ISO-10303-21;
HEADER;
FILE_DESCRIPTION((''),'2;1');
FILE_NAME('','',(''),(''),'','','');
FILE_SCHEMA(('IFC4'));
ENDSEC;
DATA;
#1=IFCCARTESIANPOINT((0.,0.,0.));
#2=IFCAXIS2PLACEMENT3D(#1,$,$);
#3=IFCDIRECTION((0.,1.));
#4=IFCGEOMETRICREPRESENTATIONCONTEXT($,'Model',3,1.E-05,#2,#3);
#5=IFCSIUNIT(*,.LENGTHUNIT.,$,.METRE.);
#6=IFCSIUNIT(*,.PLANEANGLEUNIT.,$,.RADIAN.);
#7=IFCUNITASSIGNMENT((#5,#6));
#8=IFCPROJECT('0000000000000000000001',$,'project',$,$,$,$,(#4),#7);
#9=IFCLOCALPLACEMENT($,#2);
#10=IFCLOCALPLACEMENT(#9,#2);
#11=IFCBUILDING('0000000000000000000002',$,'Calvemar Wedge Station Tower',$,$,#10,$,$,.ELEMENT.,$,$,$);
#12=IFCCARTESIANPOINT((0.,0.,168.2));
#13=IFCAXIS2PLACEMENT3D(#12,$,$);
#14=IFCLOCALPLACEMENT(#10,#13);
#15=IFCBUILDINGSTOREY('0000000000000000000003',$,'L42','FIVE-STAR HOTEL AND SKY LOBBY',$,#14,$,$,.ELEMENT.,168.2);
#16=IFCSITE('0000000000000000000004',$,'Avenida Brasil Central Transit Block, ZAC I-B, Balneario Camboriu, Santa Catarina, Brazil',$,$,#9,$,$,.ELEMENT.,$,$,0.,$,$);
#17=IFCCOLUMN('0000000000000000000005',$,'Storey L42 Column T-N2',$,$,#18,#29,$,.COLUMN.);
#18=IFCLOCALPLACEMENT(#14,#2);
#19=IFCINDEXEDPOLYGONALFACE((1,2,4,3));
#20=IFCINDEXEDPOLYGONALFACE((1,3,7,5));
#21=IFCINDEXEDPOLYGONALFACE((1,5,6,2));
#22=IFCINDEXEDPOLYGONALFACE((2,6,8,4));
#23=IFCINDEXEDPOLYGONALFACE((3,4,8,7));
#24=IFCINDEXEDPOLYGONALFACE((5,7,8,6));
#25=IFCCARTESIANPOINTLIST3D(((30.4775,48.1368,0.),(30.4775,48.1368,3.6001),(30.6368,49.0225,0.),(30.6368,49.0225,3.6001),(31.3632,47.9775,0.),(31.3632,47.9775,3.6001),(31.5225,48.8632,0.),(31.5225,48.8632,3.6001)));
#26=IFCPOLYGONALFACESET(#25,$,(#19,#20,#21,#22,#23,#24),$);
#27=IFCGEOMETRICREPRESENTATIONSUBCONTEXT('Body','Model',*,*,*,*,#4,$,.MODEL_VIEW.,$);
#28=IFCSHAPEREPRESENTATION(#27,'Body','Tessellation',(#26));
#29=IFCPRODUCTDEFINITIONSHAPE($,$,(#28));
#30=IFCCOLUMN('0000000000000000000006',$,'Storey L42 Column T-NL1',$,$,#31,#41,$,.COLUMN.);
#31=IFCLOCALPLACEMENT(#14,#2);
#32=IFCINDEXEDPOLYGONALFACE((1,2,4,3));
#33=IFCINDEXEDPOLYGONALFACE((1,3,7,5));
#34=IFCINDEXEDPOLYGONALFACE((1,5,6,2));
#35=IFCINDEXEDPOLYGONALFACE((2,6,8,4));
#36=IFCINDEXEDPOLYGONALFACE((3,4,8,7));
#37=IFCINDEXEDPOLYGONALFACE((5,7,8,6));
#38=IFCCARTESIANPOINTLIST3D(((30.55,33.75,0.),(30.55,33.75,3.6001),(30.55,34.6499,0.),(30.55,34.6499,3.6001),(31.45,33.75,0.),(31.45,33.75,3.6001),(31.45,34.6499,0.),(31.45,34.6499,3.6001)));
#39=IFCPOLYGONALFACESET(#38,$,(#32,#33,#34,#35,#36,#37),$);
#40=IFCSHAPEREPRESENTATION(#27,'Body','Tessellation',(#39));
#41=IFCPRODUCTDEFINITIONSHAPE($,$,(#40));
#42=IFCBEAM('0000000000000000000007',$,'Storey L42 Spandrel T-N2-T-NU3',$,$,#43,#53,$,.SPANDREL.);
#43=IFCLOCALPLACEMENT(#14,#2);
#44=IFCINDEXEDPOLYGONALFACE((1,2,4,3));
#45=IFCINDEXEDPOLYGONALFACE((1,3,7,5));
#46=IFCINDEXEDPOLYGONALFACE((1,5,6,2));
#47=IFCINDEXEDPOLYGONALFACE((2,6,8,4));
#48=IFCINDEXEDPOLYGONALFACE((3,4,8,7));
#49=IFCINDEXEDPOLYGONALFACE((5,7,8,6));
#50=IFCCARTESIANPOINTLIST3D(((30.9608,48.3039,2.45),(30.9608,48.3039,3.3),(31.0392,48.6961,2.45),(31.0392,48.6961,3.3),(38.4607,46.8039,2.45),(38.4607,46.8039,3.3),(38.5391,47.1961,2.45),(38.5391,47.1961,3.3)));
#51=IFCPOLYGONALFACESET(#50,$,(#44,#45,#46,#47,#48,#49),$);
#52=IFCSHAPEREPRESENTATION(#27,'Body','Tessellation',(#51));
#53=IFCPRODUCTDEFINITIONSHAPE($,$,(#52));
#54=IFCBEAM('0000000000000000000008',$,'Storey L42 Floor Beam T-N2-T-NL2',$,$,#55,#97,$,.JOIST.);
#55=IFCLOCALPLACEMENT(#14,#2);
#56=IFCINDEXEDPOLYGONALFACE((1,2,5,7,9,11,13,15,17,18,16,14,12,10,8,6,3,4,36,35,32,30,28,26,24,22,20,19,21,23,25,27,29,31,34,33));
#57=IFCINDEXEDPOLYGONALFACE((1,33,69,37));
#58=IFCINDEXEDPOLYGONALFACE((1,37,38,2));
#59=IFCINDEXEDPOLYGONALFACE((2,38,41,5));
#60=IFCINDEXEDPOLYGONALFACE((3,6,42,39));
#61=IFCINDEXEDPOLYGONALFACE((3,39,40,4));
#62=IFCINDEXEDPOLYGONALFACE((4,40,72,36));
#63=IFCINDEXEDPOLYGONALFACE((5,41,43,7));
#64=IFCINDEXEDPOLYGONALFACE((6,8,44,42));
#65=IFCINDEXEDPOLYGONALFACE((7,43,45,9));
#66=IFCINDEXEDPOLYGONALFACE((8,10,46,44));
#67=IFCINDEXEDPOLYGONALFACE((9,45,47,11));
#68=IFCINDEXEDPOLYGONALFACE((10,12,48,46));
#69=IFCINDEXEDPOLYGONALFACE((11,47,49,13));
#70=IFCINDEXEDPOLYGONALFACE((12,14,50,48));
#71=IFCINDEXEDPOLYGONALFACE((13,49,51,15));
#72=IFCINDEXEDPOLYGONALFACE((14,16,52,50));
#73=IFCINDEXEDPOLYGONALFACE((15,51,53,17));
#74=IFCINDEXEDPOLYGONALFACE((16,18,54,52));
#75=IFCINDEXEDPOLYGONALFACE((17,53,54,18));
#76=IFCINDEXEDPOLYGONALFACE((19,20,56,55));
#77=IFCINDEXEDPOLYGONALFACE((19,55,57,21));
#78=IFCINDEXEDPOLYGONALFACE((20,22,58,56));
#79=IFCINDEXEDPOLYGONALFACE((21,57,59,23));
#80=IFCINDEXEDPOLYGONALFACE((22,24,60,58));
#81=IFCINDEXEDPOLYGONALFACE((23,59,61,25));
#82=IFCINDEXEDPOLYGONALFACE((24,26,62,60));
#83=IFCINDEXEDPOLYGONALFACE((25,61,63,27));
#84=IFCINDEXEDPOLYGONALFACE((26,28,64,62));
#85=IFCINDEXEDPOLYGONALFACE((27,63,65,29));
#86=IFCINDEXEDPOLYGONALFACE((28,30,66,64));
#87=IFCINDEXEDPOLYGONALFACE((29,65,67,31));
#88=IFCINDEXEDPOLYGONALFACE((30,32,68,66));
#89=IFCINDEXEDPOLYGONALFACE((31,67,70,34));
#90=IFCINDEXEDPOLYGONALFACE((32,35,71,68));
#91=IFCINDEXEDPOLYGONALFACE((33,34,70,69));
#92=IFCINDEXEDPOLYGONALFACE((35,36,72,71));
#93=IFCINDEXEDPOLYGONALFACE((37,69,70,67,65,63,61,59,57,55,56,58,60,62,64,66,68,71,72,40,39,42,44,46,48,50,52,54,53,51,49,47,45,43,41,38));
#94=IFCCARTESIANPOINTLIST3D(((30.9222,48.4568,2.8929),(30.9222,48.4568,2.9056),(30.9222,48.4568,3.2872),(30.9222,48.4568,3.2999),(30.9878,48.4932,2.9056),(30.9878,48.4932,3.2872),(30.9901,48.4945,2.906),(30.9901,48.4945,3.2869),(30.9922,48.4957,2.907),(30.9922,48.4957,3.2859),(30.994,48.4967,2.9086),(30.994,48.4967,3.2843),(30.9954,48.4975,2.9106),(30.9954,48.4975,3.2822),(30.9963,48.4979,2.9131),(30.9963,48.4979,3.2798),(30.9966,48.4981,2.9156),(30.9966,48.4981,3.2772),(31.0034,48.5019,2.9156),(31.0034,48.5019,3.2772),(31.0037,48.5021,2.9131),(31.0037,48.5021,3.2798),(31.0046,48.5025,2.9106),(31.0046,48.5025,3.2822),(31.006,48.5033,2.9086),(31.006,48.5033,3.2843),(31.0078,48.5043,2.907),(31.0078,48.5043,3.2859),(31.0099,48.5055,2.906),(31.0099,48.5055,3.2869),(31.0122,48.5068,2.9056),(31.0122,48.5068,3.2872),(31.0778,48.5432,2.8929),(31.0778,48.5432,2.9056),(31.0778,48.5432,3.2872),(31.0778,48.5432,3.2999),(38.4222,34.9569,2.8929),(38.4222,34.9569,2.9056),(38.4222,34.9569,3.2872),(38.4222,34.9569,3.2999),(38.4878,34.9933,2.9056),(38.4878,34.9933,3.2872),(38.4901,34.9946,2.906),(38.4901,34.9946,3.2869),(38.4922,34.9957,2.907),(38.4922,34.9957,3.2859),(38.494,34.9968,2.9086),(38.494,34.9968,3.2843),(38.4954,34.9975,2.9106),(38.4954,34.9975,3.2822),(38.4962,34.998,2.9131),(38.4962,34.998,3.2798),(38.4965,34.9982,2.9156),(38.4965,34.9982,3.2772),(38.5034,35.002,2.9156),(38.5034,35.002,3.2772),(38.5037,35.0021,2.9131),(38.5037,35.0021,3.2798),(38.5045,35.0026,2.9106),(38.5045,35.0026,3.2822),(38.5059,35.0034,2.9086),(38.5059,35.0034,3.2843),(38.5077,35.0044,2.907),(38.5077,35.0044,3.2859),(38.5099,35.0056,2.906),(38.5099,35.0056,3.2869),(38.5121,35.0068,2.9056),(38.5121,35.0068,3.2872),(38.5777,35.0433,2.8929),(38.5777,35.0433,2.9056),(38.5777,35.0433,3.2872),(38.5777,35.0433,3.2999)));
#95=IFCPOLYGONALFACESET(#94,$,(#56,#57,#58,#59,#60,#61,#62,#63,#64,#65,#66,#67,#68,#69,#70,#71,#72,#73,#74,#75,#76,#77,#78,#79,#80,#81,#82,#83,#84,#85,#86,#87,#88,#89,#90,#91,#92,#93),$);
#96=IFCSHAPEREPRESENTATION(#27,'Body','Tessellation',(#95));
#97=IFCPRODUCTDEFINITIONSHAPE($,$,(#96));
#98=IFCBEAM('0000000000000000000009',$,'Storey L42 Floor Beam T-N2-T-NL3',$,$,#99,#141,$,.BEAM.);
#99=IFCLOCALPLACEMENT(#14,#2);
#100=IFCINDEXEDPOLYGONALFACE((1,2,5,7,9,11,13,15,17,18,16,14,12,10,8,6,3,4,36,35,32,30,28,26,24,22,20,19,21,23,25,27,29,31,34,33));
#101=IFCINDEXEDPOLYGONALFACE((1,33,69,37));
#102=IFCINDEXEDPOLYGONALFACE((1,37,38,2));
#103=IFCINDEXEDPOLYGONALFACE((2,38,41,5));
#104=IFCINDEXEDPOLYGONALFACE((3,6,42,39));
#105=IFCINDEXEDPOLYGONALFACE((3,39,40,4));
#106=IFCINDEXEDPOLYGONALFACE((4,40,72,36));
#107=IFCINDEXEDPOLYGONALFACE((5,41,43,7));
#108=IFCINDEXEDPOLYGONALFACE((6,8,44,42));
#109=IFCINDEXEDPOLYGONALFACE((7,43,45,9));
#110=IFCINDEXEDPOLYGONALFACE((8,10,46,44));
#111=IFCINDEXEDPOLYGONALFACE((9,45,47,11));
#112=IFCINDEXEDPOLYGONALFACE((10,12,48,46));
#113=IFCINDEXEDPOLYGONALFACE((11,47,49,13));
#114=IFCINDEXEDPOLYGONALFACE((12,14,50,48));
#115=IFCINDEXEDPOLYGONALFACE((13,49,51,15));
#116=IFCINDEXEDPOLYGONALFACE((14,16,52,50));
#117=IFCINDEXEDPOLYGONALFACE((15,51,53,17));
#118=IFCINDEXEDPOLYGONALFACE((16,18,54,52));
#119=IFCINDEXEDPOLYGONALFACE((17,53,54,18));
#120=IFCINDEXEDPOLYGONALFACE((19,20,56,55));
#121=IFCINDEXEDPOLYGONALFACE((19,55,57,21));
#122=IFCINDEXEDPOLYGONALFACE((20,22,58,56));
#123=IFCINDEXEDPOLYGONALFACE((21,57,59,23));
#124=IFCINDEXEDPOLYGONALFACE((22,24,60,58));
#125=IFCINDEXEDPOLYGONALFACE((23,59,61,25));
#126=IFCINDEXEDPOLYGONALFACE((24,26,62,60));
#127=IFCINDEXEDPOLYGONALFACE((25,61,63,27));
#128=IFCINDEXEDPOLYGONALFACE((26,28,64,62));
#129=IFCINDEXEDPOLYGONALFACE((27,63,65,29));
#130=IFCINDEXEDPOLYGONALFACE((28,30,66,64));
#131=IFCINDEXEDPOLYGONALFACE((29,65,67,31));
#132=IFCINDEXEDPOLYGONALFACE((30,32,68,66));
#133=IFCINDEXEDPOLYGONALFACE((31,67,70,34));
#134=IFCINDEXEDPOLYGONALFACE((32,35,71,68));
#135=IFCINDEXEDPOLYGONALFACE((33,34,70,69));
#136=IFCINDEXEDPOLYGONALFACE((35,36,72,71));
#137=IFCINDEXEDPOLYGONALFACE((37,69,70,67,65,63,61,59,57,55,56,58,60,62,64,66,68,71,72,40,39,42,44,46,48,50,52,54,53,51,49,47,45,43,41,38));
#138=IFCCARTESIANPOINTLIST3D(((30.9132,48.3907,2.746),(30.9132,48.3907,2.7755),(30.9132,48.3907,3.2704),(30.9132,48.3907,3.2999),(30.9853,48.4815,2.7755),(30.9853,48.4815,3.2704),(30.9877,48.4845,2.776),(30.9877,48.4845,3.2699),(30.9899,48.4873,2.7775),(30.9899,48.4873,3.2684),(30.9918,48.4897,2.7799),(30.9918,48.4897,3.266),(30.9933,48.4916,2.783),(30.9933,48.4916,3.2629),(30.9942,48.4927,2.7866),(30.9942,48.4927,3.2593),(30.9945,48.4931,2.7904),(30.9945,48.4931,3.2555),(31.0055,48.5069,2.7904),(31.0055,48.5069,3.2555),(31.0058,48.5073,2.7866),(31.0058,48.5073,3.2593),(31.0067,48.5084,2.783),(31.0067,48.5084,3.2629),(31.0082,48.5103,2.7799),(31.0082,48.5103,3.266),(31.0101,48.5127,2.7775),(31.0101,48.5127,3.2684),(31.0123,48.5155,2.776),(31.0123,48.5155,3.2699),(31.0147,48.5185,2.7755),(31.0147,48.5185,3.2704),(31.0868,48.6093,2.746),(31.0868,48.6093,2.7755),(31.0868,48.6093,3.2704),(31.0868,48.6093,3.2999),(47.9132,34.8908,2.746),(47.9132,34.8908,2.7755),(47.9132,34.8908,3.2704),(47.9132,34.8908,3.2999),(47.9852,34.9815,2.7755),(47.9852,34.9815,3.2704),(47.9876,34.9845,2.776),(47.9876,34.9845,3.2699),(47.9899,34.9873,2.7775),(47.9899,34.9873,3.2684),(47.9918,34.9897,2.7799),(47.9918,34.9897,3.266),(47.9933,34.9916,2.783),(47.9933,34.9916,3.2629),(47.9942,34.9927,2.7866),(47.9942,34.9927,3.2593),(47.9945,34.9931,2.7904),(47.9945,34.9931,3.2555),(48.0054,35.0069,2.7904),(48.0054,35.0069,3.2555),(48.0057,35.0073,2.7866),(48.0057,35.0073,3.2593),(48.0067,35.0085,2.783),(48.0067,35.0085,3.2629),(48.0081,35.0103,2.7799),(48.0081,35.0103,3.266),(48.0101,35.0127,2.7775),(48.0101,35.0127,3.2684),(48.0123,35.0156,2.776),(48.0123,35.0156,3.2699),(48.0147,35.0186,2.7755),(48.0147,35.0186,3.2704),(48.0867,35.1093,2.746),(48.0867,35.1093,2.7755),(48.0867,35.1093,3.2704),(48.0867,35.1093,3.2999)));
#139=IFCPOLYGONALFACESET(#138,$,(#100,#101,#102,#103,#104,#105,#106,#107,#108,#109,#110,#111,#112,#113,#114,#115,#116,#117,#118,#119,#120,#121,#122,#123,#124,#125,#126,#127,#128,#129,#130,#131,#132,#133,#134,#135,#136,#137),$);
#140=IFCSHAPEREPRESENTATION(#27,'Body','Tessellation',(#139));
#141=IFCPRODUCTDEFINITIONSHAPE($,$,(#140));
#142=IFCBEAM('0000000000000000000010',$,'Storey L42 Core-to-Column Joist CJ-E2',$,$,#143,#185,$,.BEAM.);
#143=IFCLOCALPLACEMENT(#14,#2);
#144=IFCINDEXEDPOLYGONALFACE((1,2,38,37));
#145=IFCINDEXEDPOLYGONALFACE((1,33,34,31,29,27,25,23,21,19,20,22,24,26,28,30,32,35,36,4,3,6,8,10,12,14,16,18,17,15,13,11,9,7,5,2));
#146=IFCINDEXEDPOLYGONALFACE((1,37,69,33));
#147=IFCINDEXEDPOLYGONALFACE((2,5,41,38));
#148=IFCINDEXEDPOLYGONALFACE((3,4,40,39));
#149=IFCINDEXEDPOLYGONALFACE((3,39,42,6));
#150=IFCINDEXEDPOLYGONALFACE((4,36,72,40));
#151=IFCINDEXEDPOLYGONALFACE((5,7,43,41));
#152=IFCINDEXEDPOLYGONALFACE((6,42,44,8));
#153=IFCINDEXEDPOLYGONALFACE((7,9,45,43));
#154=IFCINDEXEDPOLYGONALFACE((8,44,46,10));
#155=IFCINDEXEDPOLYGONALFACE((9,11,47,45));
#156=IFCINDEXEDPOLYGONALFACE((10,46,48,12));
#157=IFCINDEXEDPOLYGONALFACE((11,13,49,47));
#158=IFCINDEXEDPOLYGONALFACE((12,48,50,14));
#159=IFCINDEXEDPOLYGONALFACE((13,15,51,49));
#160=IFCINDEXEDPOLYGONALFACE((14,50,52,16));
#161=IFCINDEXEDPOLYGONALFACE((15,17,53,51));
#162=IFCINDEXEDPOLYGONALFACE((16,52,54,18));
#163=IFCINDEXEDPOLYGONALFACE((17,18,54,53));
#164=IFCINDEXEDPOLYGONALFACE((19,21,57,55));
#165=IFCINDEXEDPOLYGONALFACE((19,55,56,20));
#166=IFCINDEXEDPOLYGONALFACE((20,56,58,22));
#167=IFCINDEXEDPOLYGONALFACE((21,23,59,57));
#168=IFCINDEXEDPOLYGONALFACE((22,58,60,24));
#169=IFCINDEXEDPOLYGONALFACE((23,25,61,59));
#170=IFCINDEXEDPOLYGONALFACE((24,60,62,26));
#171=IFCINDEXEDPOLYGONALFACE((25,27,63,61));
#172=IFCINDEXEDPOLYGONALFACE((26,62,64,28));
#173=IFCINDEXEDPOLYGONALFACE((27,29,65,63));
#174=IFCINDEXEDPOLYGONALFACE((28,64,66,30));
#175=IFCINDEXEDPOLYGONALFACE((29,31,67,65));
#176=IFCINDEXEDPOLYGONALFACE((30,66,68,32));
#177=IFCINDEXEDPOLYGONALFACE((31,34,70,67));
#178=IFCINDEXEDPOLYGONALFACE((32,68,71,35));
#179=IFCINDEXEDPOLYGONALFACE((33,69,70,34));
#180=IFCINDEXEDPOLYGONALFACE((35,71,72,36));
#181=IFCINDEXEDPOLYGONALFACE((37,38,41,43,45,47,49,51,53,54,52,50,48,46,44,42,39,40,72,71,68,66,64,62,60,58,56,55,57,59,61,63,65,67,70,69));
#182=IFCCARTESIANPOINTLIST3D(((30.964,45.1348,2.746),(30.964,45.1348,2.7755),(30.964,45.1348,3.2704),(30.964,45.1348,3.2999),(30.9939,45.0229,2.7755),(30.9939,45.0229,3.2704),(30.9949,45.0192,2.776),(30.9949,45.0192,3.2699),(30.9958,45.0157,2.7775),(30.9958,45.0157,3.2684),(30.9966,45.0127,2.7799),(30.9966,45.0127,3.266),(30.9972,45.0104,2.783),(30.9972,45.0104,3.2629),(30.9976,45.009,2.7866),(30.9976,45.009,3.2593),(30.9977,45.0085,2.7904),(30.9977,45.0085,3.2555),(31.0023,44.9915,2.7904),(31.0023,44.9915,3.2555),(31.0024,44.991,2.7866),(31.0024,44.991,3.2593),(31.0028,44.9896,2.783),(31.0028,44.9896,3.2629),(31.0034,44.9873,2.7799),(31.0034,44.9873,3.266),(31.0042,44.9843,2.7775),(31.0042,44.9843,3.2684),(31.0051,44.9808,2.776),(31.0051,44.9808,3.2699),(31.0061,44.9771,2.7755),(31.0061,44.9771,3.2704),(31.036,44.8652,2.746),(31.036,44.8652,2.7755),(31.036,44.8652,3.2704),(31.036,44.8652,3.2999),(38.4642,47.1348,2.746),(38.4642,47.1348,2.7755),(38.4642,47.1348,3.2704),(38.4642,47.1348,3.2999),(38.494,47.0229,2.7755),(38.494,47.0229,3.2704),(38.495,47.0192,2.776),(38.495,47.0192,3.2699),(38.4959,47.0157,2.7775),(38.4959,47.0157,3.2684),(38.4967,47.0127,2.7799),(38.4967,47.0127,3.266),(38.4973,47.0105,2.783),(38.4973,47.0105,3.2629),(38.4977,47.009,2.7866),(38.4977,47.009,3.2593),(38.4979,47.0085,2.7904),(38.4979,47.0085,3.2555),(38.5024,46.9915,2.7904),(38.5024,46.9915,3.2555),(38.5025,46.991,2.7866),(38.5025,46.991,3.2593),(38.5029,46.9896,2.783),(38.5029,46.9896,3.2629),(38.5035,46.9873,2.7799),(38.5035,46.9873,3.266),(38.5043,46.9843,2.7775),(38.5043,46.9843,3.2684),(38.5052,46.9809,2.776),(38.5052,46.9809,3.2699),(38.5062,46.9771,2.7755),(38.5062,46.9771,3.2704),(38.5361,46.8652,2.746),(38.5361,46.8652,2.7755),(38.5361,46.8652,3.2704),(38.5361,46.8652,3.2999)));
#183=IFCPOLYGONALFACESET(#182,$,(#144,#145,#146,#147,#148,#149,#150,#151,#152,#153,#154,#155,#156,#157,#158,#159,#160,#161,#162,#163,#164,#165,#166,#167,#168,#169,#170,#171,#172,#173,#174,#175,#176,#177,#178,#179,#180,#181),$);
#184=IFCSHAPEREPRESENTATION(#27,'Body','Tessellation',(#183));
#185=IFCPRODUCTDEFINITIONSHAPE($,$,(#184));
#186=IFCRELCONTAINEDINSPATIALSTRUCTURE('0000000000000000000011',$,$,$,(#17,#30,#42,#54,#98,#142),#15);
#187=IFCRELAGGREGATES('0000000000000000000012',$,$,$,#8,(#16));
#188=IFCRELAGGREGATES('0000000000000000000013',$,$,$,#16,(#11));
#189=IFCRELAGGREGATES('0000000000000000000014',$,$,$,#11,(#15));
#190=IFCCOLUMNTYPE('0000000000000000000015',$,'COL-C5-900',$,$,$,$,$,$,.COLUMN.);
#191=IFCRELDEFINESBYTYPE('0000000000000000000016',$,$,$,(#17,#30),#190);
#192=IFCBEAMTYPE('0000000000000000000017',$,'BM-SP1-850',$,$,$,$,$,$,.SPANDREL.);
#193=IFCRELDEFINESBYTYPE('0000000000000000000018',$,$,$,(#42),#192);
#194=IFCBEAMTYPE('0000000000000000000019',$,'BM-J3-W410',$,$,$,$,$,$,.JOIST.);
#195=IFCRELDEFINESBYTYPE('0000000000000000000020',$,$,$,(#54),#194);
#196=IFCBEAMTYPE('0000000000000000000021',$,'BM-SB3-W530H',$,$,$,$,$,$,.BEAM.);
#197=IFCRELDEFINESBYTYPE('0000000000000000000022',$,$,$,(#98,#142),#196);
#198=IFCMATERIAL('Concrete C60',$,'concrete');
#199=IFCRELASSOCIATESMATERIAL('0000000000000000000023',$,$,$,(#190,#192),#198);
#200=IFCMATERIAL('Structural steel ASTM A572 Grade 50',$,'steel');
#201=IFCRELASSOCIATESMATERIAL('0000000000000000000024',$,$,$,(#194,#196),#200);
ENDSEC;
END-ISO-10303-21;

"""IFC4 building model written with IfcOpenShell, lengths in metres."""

from ifc_helpers import new_model, si_unit, direction, frame, origin, origin_2d, place, context, subcontext, project, spatial, rectangle, i_section, extrude, source, transform, mapped, material, material_profile, profile_set, type_object, element, save


model = new_model("IFC4")

# Units and contexts
model_context = context("Model", 3, precision=1e-05, world=origin(), true_north=direction((0.0, 1.0)))
body_context = subcontext(model_context, "Body", "Model", "MODEL_VIEW")
ifc_project = project(units=[si_unit("LENGTHUNIT", "METRE"), si_unit("PLANEANGLEUNIT", "RADIAN")], contexts=[model_context])

# Site, building, storey
site_placement = place(None, origin())
site = spatial("IfcSite", under=ifc_project, at=site_placement, Name="Avenida Brasil Central Transit Block, ZAC I-B, Balneario Camboriu, Santa Catarina, Brazil", CompositionType="ELEMENT", RefElevation=0.0)
building_placement = place(site_placement, origin())
building = spatial("IfcBuilding", under=site, at=building_placement, Name="Calvemar Wedge Station Tower", CompositionType="ELEMENT")
storey_placement = place(building_placement, frame((0.0, 0.0, 168.2)))
storey = spatial("IfcBuildingStorey", under=building, at=storey_placement, Name="L42", Description="FIVE-STAR HOTEL AND SKY LOBBY", CompositionType="ELEMENT", Elevation=168.2)

# Columns
ifc_material_1 = material(Name="Concrete C60", Category="concrete")
ifc_material_profile_1 = material_profile(ifc_material_1, rectangle(XDim=0.8999, YDim=0.8999, at=origin_2d()), Name="RC900x900")
ifc_profile_set_1 = profile_set([ifc_material_profile_1], Name="Concrete C60")
column_type = type_object("IfcColumnType", Name="COL-C5-900", PredefinedType="COLUMN", material=ifc_profile_set_1)
shared_shape_1 = source(origin(), body_context, "Body", "SweptSolid", [
    extrude(rectangle(XDim=0.8999, YDim=0.8999, at=origin_2d()), origin(), (0.0, 0.0, 1.0), 3.6001),
])
for number, where, z_axis, x_axis, name in (
    (1, (31.0, 48.5, 0.0), (0.0, 0.0, 1.0), (0.984196, -0.177085, 0.0), "Storey L42 Column T-N2"),
    (2, (31.0, 34.2, 0.0), (0.0, 0.0, 1.0), (1.0, 0.0, 0.0), "Storey L42 Column T-NL1"),
):
    element("IfcColumn", number, at=place(storey_placement, frame(where, z_axis=z_axis, x_axis=x_axis)), inside=storey, type_object=column_type, Name=name, PredefinedType="COLUMN", context=body_context, shape_type="MappedRepresentation", body=[
        mapped(shared_shape_1, transform((0.0, 0.0, 0.0), scale=1.0)),
    ])

# Beams
ifc_material_profile_2 = material_profile(ifc_material_1, rectangle(XDim=0.3999, YDim=0.8501, at=origin_2d()), Name="RC400x850")
ifc_profile_set_2 = profile_set([ifc_material_profile_2], Name="Concrete C60")
beam_type_1 = type_object("IfcBeamType", Name="BM-SP1-850", PredefinedType="SPANDREL", material=ifc_profile_set_2)
shared_shape_2 = source(origin(), body_context, "Body", "SweptSolid", [
    extrude(rectangle(XDim=0.3999, YDim=0.8501, at=origin_2d()), origin(), (0.0, 0.0, 1.0), 7.6484),
])
beam_1_placement = place(storey_placement, frame((31.0, 48.5, 2.875), z_axis=(0.980581, -0.196116, 0.0), x_axis=(0.196116, 0.980581, 0.0)))
element("IfcBeam", 3, at=beam_1_placement, inside=storey, type_object=beam_type_1, Name="Storey L42 Spandrel T-N2-T-NU3", PredefinedType="SPANDREL", context=body_context, shape_type="MappedRepresentation", body=[
    mapped(shared_shape_2, transform((0.0, 0.0, 0.0), scale=1.0)),
])
ifc_material_2 = material(Name="Structural steel ASTM A572 Grade 50", Category="steel")
ifc_material_profile_3 = material_profile(ifc_material_2, i_section(OverallWidth=0.178, OverallDepth=0.407, WebThickness=0.0078, FlangeThickness=0.0127, FilletRadius=0.01, at=origin_2d()), Name="W410x60")
ifc_profile_set_3 = profile_set([ifc_material_profile_3], Name="Structural steel ASTM A572 Grade 50")
beam_type_2 = type_object("IfcBeamType", Name="BM-J3-W410", PredefinedType="JOIST", material=ifc_profile_set_3)
shared_shape_3 = source(origin(), body_context, "Body", "SweptSolid", [
    extrude(i_section(OverallWidth=0.178, OverallDepth=0.407, WebThickness=0.0078, FlangeThickness=0.0127, FilletRadius=0.01, at=origin_2d()), origin(), (0.0, 0.0, 1.0), 15.4434),
])
beam_2_placement = place(storey_placement, frame((31.0, 48.5, 3.0964), z_axis=(0.485643, -0.874157, 0.0), x_axis=(0.874157, 0.485643, 0.0)))
element("IfcBeam", 4, at=beam_2_placement, inside=storey, type_object=beam_type_2, Name="Storey L42 Floor Beam T-N2-T-NL2", PredefinedType="JOIST", context=body_context, shape_type="MappedRepresentation", body=[
    mapped(shared_shape_3, transform((0.0, 0.0, 0.0), scale=1.0)),
])
ifc_material_profile_4 = material_profile(ifc_material_2, i_section(OverallWidth=0.2791, OverallDepth=0.554, WebThickness=0.0176, FlangeThickness=0.0295, FilletRadius=0.0149, at=origin_2d()), Name="W530x196")
ifc_profile_set_4 = profile_set([ifc_material_profile_4], Name="Structural steel ASTM A572 Grade 50")
beam_type_3 = type_object("IfcBeamType", Name="BM-SB3-W530H", PredefinedType="BEAM", material=ifc_profile_set_4)
shared_shape_4 = source(origin(), body_context, "Body", "SweptSolid", [
    extrude(i_section(OverallWidth=0.2791, OverallDepth=0.554, WebThickness=0.0176, FlangeThickness=0.0295, FilletRadius=0.0149, at=origin_2d()), origin(), (0.0, 0.0, 1.0), 21.7083),
])
beam_3_placement = place(storey_placement, frame((31.0, 48.5, 3.0229), z_axis=(0.783111, -0.621882, 0.0), x_axis=(0.621882, 0.783111, 0.0)))
element("IfcBeam", 5, at=beam_3_placement, inside=storey, type_object=beam_type_3, Name="Storey L42 Floor Beam T-N2-T-NL3", PredefinedType="BEAM", context=body_context, shape_type="MappedRepresentation", body=[
    mapped(shared_shape_4, transform((0.0, 0.0, 0.0), scale=1.0)),
])
shared_shape_5 = source(origin(), body_context, "Body", "SweptSolid", [
    extrude(i_section(OverallWidth=0.2791, OverallDepth=0.554, WebThickness=0.0176, FlangeThickness=0.0295, FilletRadius=0.0149, at=origin_2d()), origin(), (0.0, 0.0, 1.0), 7.7622),
])
beam_4_placement = place(storey_placement, frame((31.0, 45.0, 3.0229), z_axis=(0.966235, 0.257663, 0.0), x_axis=(-0.257663, 0.966235, 0.0)))
element("IfcBeam", 6, at=beam_4_placement, inside=storey, type_object=beam_type_3, Name="Storey L42 Core-to-Column Joist CJ-E2", PredefinedType="BEAM", context=body_context, shape_type="MappedRepresentation", body=[
    mapped(shared_shape_5, transform((0.0, 0.0, 0.0), scale=1.0)),
])

save(model, "model.ifc")
